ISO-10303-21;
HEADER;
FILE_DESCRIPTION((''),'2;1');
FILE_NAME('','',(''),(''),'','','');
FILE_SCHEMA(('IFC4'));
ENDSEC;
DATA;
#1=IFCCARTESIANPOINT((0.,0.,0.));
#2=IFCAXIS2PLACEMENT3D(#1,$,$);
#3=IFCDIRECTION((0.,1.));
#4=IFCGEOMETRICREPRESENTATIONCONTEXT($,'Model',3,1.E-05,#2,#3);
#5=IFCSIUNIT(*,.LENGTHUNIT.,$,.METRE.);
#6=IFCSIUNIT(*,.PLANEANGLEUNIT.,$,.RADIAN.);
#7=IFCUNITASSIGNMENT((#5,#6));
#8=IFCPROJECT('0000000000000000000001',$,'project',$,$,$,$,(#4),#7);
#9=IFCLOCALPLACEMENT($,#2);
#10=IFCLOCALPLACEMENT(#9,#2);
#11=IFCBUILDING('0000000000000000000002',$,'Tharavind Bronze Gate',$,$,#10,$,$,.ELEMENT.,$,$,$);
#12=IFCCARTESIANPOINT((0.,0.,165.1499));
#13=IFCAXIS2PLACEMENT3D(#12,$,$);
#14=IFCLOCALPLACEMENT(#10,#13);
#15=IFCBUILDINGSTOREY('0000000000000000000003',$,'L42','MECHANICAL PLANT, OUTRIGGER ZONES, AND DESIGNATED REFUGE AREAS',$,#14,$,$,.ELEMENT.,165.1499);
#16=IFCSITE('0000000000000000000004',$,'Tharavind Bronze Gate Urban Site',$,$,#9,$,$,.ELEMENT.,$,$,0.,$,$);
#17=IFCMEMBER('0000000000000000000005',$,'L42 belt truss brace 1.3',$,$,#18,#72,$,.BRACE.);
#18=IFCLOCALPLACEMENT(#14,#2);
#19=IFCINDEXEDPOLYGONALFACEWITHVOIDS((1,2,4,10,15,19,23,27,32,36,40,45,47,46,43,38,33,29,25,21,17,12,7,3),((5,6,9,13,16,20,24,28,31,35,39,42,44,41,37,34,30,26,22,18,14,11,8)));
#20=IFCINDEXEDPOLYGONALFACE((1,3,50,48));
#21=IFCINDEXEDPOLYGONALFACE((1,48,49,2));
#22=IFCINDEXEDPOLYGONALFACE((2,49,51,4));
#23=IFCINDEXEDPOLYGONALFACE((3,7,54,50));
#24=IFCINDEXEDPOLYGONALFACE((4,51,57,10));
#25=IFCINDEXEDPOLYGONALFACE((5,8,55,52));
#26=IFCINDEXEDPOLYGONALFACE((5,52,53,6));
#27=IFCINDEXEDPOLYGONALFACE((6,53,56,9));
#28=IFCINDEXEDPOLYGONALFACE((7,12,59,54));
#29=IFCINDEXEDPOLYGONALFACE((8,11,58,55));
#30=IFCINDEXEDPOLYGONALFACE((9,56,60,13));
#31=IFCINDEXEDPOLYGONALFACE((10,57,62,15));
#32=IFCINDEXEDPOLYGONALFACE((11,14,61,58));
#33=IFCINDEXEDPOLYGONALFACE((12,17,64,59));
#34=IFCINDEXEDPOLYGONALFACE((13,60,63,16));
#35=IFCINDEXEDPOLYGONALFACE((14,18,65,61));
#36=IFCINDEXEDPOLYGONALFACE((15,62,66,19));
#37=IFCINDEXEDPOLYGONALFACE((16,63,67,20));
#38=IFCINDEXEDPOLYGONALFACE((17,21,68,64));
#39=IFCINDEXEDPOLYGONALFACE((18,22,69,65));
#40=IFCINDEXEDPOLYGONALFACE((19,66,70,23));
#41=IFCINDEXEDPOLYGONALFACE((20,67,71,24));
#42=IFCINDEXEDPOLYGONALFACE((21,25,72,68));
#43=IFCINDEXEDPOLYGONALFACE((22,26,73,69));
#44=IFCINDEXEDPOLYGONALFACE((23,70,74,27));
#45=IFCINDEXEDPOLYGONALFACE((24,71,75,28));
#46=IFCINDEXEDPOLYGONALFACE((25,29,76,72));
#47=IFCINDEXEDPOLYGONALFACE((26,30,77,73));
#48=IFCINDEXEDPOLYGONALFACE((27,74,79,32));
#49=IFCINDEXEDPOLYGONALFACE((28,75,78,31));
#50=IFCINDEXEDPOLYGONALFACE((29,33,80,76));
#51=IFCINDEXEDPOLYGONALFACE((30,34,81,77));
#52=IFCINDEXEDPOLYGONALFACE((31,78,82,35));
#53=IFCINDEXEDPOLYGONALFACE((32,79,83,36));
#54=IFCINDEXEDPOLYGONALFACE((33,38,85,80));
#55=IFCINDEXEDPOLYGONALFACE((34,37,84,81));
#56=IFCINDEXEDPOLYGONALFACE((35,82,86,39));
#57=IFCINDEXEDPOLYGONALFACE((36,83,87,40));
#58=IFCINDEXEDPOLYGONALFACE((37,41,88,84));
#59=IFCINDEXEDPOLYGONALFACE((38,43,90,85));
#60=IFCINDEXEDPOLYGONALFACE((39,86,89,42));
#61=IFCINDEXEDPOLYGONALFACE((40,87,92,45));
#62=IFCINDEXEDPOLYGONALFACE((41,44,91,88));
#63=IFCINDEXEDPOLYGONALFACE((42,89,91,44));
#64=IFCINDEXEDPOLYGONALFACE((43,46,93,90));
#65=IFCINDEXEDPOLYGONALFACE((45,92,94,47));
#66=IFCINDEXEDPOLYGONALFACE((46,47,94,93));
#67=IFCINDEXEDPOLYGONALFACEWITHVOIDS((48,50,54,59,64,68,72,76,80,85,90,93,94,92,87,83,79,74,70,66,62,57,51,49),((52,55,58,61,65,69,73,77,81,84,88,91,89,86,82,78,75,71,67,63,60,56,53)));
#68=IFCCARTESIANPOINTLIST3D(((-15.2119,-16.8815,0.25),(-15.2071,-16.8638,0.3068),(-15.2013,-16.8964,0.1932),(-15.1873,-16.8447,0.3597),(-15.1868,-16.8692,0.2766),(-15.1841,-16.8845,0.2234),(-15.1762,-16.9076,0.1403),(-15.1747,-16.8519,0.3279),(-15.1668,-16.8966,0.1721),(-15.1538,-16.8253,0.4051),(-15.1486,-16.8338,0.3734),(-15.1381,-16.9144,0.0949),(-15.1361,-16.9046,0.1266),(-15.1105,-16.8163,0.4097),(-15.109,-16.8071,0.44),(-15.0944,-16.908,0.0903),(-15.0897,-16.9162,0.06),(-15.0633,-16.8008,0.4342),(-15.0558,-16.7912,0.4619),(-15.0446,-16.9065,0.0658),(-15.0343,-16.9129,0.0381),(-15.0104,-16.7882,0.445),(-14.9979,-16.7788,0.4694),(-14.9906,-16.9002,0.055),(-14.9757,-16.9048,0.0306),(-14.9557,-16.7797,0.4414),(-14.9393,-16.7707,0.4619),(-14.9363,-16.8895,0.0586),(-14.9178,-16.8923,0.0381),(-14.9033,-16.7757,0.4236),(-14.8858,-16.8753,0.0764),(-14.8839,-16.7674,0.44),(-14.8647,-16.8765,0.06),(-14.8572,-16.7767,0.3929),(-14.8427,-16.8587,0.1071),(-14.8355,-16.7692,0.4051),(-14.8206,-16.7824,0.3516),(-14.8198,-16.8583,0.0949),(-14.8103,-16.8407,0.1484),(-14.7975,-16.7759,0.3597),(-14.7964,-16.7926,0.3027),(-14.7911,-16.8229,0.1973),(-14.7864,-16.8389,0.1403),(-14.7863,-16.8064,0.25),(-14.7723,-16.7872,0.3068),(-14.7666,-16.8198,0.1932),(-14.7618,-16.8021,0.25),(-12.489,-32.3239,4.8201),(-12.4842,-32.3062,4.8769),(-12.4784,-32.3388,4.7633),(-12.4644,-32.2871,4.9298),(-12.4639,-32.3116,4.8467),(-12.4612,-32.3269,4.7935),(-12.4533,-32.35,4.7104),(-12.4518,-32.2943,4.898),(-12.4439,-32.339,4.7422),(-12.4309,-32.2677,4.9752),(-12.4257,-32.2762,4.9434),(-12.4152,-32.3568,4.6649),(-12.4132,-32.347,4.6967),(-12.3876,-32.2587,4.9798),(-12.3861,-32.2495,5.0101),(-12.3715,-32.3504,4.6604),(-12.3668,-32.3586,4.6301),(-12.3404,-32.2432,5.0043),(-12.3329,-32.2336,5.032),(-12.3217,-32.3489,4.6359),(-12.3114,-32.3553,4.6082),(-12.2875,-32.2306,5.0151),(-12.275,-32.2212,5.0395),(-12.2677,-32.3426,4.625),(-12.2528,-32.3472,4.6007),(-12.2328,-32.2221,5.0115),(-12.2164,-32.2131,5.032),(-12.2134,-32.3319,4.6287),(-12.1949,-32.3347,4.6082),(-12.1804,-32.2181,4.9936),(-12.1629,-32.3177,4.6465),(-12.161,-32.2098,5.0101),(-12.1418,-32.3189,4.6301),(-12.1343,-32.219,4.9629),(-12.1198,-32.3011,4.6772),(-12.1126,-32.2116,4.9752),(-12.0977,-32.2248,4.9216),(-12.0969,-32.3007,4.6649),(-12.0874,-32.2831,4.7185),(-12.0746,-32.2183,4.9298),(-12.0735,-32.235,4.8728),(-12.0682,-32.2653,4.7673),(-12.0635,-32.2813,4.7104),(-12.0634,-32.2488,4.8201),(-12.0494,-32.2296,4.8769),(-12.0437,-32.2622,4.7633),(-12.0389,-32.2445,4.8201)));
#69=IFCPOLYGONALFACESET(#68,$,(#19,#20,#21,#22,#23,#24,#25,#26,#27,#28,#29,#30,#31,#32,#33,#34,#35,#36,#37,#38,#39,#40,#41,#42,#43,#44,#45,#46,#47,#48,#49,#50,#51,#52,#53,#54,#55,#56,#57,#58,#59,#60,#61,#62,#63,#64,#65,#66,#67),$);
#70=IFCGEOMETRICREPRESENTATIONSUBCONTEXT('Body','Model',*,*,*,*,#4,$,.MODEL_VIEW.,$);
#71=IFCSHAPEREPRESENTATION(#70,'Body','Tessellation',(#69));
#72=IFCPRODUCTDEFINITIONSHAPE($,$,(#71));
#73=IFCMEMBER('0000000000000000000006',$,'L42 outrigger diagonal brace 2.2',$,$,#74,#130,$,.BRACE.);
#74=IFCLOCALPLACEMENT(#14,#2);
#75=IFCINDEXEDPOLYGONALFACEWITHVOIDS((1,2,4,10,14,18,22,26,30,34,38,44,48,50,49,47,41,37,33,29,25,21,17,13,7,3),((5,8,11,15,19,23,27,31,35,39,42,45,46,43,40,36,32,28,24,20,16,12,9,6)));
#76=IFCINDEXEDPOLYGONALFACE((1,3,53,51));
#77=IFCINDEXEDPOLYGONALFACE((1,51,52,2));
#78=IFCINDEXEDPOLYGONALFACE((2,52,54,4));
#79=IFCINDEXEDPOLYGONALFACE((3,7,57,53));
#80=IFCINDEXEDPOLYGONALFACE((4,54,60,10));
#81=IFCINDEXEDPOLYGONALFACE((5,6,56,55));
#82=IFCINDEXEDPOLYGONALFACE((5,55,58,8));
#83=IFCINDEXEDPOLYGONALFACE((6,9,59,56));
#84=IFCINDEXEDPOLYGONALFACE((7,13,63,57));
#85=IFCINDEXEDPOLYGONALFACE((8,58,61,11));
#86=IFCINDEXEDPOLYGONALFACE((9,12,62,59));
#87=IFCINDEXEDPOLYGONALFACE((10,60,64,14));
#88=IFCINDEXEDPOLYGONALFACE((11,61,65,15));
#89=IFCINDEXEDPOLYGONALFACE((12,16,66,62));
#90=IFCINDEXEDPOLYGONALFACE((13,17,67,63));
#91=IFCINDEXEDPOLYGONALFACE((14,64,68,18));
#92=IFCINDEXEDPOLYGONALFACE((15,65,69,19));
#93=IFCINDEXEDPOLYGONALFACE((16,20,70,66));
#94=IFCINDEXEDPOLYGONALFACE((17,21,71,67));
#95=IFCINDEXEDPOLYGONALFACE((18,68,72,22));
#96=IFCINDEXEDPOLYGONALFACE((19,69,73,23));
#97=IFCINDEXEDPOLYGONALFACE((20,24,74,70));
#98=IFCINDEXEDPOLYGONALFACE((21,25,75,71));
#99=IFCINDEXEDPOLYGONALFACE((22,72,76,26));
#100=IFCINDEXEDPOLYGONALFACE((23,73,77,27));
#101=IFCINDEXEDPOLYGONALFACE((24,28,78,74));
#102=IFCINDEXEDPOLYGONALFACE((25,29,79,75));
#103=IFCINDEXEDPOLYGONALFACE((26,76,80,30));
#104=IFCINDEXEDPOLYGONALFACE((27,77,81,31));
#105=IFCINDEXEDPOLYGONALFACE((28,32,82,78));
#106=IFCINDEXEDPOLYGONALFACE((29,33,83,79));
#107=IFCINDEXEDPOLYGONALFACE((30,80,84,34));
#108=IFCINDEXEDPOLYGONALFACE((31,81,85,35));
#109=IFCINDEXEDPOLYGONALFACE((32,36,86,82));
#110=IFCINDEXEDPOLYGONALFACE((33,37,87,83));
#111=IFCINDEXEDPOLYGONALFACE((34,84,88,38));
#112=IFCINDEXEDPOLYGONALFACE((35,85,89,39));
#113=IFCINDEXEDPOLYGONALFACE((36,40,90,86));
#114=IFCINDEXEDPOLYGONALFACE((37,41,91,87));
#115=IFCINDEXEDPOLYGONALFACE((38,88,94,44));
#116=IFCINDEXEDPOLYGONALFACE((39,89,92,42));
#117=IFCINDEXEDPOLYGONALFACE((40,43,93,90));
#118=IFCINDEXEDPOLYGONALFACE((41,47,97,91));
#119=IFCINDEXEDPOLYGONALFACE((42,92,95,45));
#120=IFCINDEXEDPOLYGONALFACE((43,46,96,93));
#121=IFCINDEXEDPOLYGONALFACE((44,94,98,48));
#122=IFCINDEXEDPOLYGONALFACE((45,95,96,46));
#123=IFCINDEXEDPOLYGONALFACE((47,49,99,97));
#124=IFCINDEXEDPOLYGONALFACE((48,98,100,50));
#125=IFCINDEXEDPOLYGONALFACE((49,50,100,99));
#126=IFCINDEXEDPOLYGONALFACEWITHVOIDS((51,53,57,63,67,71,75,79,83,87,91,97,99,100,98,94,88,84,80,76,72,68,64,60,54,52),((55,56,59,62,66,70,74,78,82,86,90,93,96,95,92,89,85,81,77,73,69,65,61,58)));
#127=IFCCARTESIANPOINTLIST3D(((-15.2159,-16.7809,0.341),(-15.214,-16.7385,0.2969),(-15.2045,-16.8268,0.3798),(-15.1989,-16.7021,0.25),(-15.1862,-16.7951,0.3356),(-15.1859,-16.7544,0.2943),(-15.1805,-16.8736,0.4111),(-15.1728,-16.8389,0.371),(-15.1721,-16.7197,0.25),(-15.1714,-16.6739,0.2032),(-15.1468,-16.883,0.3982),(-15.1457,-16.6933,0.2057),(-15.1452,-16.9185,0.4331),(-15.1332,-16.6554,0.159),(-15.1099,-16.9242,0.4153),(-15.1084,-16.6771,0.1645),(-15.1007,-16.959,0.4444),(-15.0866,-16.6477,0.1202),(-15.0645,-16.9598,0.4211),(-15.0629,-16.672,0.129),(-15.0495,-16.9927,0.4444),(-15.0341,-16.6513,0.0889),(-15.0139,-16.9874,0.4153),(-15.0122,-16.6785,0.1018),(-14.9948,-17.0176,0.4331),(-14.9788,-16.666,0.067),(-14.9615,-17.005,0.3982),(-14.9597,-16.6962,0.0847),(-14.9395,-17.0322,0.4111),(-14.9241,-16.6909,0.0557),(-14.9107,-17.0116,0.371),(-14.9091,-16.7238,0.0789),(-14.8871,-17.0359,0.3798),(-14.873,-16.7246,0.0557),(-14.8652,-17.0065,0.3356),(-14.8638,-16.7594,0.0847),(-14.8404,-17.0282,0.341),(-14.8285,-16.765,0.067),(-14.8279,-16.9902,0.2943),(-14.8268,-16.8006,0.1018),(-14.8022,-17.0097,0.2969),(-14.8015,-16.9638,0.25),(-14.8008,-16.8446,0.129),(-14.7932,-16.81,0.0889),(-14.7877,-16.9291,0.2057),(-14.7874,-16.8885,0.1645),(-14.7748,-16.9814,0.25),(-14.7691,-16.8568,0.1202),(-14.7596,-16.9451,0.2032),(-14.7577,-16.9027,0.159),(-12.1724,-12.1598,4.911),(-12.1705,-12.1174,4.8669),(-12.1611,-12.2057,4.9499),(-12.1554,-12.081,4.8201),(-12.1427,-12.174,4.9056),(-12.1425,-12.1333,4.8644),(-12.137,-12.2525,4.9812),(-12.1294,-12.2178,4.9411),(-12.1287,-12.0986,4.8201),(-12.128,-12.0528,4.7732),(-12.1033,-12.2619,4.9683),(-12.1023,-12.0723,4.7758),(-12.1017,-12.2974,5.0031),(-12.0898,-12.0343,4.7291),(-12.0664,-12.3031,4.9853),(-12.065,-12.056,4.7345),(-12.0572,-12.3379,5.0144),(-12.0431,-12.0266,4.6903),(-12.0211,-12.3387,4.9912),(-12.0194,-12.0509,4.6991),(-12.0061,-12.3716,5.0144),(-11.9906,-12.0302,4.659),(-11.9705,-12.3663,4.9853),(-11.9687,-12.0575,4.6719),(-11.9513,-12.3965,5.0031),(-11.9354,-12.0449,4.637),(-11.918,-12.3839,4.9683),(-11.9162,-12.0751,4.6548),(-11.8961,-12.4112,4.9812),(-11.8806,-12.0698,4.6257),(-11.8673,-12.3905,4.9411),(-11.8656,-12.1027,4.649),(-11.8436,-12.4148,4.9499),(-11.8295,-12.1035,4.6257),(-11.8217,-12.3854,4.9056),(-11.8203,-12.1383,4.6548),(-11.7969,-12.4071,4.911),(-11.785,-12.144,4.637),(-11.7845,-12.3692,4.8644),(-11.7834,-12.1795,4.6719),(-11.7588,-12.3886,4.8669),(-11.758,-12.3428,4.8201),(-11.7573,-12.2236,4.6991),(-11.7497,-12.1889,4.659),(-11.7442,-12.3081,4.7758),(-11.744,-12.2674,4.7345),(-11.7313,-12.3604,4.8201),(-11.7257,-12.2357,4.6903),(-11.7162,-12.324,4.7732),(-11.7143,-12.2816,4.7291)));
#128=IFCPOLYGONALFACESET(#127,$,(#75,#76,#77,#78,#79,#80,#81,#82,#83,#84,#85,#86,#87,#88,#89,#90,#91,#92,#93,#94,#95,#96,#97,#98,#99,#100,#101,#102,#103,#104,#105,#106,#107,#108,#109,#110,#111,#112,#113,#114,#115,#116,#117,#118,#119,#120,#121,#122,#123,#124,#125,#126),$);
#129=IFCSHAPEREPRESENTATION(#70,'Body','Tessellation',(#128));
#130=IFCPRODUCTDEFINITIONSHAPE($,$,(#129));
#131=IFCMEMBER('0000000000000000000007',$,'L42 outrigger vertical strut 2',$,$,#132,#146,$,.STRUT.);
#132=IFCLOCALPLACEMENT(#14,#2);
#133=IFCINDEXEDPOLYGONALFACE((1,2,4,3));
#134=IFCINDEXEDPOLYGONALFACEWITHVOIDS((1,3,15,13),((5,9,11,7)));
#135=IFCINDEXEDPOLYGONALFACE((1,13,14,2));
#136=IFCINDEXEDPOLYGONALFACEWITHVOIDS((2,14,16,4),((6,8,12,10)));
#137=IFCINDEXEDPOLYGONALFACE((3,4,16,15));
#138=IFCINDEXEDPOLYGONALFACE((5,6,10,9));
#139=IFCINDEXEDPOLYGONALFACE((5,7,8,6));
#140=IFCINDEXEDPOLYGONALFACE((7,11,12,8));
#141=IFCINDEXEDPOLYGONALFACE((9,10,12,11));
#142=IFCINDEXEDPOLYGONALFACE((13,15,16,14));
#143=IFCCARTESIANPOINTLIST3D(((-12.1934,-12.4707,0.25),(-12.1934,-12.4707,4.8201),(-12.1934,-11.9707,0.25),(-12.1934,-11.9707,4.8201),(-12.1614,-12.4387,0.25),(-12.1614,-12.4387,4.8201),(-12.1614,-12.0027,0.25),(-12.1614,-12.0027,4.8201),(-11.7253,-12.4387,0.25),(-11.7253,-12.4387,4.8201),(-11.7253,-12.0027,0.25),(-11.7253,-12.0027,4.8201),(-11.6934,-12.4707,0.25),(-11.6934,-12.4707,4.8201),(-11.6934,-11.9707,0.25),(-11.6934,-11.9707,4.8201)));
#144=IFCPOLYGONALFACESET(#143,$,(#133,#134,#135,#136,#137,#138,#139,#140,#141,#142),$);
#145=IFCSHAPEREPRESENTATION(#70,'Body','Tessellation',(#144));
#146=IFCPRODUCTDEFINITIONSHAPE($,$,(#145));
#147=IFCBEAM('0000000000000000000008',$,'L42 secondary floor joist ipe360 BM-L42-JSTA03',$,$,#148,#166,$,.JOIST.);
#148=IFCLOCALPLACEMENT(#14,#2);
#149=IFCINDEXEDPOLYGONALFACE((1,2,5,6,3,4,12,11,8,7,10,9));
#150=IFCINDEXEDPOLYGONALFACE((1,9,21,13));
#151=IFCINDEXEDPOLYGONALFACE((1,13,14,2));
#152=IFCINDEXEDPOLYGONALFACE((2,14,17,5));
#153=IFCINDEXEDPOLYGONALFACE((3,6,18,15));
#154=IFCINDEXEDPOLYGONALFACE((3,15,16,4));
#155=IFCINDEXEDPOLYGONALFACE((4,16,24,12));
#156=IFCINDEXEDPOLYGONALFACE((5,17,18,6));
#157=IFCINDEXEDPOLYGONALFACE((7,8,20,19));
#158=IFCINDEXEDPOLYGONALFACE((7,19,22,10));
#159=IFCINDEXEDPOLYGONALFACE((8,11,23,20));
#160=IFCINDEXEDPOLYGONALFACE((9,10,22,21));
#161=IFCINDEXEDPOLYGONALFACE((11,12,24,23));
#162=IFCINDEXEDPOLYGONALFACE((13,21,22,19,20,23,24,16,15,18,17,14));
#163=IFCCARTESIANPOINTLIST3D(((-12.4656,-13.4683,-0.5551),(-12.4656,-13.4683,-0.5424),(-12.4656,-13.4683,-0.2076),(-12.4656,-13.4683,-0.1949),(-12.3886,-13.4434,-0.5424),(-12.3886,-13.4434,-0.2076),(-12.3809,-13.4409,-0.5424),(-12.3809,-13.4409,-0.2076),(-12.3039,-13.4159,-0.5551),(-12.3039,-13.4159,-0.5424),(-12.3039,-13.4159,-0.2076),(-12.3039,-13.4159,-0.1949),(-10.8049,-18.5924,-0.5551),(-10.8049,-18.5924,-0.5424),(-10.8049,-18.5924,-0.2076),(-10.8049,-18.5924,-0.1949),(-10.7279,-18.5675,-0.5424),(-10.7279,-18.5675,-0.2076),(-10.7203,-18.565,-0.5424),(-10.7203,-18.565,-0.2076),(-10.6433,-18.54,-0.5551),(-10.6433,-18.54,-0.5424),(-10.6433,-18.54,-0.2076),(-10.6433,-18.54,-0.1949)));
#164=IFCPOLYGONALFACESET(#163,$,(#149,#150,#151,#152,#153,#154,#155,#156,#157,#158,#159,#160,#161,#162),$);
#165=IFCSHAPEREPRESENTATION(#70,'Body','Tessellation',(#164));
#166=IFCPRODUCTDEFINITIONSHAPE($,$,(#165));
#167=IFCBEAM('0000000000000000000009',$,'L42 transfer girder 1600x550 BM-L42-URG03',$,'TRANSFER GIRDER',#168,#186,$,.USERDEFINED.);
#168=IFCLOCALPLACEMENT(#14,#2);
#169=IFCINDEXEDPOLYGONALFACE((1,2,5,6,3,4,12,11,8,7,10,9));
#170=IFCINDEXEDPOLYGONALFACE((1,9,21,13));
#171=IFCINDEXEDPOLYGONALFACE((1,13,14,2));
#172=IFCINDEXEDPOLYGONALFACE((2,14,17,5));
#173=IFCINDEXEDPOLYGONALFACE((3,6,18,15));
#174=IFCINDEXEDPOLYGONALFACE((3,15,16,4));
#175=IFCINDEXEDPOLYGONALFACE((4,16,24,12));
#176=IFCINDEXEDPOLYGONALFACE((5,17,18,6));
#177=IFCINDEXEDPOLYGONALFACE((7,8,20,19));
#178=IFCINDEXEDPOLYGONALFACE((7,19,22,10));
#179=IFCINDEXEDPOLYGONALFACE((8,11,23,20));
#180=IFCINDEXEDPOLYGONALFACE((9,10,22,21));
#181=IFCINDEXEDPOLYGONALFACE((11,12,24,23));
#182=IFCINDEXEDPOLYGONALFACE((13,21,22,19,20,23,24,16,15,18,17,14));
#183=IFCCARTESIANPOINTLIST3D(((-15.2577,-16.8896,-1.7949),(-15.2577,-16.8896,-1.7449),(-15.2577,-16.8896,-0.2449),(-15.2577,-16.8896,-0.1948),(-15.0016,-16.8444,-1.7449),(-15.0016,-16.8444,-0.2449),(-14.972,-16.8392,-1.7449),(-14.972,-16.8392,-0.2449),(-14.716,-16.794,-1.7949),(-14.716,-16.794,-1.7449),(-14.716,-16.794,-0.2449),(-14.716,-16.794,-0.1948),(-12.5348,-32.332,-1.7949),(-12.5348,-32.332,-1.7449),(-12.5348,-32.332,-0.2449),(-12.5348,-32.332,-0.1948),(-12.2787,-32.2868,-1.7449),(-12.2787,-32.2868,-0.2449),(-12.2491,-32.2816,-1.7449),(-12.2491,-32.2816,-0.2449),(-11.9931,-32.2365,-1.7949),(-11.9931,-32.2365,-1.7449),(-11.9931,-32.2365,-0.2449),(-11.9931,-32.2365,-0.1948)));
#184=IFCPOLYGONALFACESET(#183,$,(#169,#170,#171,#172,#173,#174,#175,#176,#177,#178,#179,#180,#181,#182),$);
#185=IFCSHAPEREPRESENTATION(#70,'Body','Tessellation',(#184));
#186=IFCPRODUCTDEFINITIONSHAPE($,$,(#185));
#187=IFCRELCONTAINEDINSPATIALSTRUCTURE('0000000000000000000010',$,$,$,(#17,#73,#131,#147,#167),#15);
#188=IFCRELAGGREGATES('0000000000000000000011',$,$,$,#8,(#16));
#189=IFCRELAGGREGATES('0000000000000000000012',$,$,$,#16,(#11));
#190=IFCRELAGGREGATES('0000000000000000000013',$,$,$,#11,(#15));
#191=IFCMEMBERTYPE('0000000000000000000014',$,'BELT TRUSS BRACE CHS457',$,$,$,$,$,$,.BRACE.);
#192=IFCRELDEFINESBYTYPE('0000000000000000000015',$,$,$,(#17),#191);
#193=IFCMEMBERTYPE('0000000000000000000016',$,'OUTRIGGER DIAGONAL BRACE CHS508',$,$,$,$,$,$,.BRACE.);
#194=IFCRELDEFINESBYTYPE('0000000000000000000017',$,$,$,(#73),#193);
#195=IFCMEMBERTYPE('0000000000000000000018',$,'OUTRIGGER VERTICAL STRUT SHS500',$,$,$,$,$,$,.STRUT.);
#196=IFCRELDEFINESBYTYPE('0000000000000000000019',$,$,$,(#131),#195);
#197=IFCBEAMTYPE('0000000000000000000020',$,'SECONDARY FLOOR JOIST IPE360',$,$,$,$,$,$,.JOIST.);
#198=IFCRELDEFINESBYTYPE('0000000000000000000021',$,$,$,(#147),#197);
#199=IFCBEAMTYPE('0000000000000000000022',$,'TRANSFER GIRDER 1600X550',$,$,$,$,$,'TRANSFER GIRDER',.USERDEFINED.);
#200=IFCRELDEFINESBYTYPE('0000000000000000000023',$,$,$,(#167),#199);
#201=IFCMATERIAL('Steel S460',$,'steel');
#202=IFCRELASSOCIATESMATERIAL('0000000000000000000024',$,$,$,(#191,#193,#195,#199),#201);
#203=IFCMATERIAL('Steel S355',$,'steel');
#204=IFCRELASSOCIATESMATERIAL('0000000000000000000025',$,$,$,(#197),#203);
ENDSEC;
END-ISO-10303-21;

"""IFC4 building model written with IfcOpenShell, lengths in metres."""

from ifc_helpers import new_model, si_unit, direction, frame, origin, origin_2d, place, context, subcontext, project, spatial, hollow_rectangle, hollow_circle, i_section, extrude, material, material_profile, profile_set, type_object, element, save


model = new_model("IFC4")

# Units and contexts
model_context = context("Model", 3, precision=1e-05, world=origin(), true_north=direction((0.0, 1.0)))
body_context = subcontext(model_context, "Body", "Model", "MODEL_VIEW")
ifc_project = project(units=[si_unit("LENGTHUNIT", "METRE"), si_unit("PLANEANGLEUNIT", "RADIAN")], contexts=[model_context])

# Site, building, storey
site_placement = place(None, origin())
site = spatial("IfcSite", under=ifc_project, at=site_placement, Name="Tharavind Bronze Gate Urban Site", CompositionType="ELEMENT", RefElevation=0.0)
building_placement = place(site_placement, origin())
building = spatial("IfcBuilding", under=site, at=building_placement, Name="Tharavind Bronze Gate", CompositionType="ELEMENT")
storey_placement = place(building_placement, frame((0.0, 0.0, 165.1499)))
storey = spatial("IfcBuildingStorey", under=building, at=storey_placement, Name="L42", Description="MECHANICAL PLANT, OUTRIGGER ZONES, AND DESIGNATED REFUGE AREAS", CompositionType="ELEMENT", Elevation=165.1499)

# Members
ifc_material_1 = material(Name="Steel S460", Category="steel")
ifc_material_profile_1 = material_profile(ifc_material_1, hollow_circle(Radius=0.2285, WallThickness=0.0249, at=origin_2d()), Name="CHS457X25")
ifc_profile_set_1 = profile_set([ifc_material_profile_1], Name="Steel S460")
member_type_1 = type_object("IfcMemberType", Name="BELT TRUSS BRACE CHS457", PredefinedType="BRACE", material=ifc_profile_set_1)
member_1_placement = place(storey_placement, frame((-14.9868, -16.8418, 0.25), z_axis=(0.166712, -0.945471, 0.279806), x_axis=(0.984808, 0.173648, 0.0)))
element("IfcMember", 1, at=member_1_placement, inside=storey, type_object=member_type_1, Name="L42 belt truss brace 1.3", PredefinedType="BRACE", context=body_context, shape_type="SweptSolid", body=[
    extrude(hollow_circle(Radius=0.2285, WallThickness=0.0249, at=origin_2d()), origin(), (0.0, 0.0, 1.0), 16.333),
])
ifc_material_profile_2 = material_profile(ifc_material_1, hollow_circle(Radius=0.2539, WallThickness=0.032, at=origin_2d()), Name="CHS508X32")
ifc_profile_set_2 = profile_set([ifc_material_profile_2], Name="Steel S460")
member_type_2 = type_object("IfcMemberType", Name="OUTRIGGER DIAGONAL BRACE CHS508", PredefinedType="BRACE", material=ifc_profile_set_2)
member_2_placement = place(storey_placement, frame((-11.9434, -12.2207, 4.8201), z_axis=(-0.424084, -0.643917, -0.636807), x_axis=(0.835146, -0.550028, 0.0)))
element("IfcMember", 2, at=member_2_placement, inside=storey, type_object=member_type_2, Name="L42 outrigger diagonal brace 2.2", PredefinedType="BRACE", context=body_context, shape_type="SweptSolid", body=[
    extrude(hollow_circle(Radius=0.2539, WallThickness=0.032, at=origin_2d()), origin(), (0.0, 0.0, 1.0), 7.1765),
])
ifc_material_profile_3 = material_profile(ifc_material_1, hollow_rectangle(XDim=0.5, YDim=0.5, WallThickness=0.032, at=origin_2d()), Name="SHS500X32")
ifc_profile_set_3 = profile_set([ifc_material_profile_3], Name="Steel S460")
member_type_3 = type_object("IfcMemberType", Name="OUTRIGGER VERTICAL STRUT SHS500", PredefinedType="STRUT", material=ifc_profile_set_3)
member_3_placement = place(storey_placement, frame((-11.9434, -12.2207, 0.25), z_axis=(0.0, 0.0, 1.0), x_axis=(1.0, 0.0, 0.0)))
element("IfcMember", 3, at=member_3_placement, inside=storey, type_object=member_type_3, Name="L42 outrigger vertical strut 2", PredefinedType="STRUT", context=body_context, shape_type="SweptSolid", body=[
    extrude(hollow_rectangle(XDim=0.5, YDim=0.5, WallThickness=0.032, at=origin_2d()), origin(), (0.0, 0.0, 1.0), 4.5701),
])

# Beams
ifc_material_2 = material(Name="Steel S355", Category="steel")
ifc_material_profile_4 = material_profile(ifc_material_2, i_section(OverallWidth=0.1699, OverallDepth=0.3601, WebThickness=0.0081, FlangeThickness=0.0127, at=origin_2d()), Name="IPE360")
ifc_profile_set_4 = profile_set([ifc_material_profile_4], Name="Steel S355")
beam_type_1 = type_object("IfcBeamType", Name="SECONDARY FLOOR JOIST IPE360", PredefinedType="JOIST", material=ifc_profile_set_4)
beam_1_placement = place(storey_placement, frame((-12.3848, -13.4421, -0.375), z_axis=(0.308303, -0.951288, 0.0), x_axis=(0.951288, 0.308303, 0.0)))
element("IfcBeam", 4, at=beam_1_placement, inside=storey, type_object=beam_type_1, Name="L42 secondary floor joist ipe360 BM-L42-JSTA03", PredefinedType="JOIST", context=body_context, shape_type="SweptSolid", body=[
    extrude(i_section(OverallWidth=0.1699, OverallDepth=0.3601, WebThickness=0.0081, FlangeThickness=0.0127, at=origin_2d()), origin(), (0.0, 0.0, 1.0), 5.3865),
])
ifc_material_profile_5 = material_profile(ifc_material_1, i_section(OverallWidth=0.55, OverallDepth=1.6001, WebThickness=0.03, FlangeThickness=0.05, at=origin_2d()), Name="PG1600X550")
ifc_profile_set_5 = profile_set([ifc_material_profile_5], Name="Steel S460")
beam_type_2 = type_object("IfcBeamType", Name="TRANSFER GIRDER 1600X550", ElementType="TRANSFER GIRDER", PredefinedType="USERDEFINED", material=ifc_profile_set_5)
beam_2_placement = place(storey_placement, frame((-14.9868, -16.8418, -0.9949), z_axis=(0.173648, -0.984808, 0.0), x_axis=(0.984808, 0.173648, 0.0)))
element("IfcBeam", 5, at=beam_2_placement, inside=storey, type_object=beam_type_2, Name="L42 transfer girder 1600x550 BM-L42-URG03", ObjectType="TRANSFER GIRDER", PredefinedType="USERDEFINED", context=body_context, shape_type="SweptSolid", body=[
    extrude(i_section(OverallWidth=0.55, OverallDepth=1.6001, WebThickness=0.03, FlangeThickness=0.05, at=origin_2d()), origin(), (0.0, 0.0, 1.0), 15.6807),
])

save(model, "model.ifc")
